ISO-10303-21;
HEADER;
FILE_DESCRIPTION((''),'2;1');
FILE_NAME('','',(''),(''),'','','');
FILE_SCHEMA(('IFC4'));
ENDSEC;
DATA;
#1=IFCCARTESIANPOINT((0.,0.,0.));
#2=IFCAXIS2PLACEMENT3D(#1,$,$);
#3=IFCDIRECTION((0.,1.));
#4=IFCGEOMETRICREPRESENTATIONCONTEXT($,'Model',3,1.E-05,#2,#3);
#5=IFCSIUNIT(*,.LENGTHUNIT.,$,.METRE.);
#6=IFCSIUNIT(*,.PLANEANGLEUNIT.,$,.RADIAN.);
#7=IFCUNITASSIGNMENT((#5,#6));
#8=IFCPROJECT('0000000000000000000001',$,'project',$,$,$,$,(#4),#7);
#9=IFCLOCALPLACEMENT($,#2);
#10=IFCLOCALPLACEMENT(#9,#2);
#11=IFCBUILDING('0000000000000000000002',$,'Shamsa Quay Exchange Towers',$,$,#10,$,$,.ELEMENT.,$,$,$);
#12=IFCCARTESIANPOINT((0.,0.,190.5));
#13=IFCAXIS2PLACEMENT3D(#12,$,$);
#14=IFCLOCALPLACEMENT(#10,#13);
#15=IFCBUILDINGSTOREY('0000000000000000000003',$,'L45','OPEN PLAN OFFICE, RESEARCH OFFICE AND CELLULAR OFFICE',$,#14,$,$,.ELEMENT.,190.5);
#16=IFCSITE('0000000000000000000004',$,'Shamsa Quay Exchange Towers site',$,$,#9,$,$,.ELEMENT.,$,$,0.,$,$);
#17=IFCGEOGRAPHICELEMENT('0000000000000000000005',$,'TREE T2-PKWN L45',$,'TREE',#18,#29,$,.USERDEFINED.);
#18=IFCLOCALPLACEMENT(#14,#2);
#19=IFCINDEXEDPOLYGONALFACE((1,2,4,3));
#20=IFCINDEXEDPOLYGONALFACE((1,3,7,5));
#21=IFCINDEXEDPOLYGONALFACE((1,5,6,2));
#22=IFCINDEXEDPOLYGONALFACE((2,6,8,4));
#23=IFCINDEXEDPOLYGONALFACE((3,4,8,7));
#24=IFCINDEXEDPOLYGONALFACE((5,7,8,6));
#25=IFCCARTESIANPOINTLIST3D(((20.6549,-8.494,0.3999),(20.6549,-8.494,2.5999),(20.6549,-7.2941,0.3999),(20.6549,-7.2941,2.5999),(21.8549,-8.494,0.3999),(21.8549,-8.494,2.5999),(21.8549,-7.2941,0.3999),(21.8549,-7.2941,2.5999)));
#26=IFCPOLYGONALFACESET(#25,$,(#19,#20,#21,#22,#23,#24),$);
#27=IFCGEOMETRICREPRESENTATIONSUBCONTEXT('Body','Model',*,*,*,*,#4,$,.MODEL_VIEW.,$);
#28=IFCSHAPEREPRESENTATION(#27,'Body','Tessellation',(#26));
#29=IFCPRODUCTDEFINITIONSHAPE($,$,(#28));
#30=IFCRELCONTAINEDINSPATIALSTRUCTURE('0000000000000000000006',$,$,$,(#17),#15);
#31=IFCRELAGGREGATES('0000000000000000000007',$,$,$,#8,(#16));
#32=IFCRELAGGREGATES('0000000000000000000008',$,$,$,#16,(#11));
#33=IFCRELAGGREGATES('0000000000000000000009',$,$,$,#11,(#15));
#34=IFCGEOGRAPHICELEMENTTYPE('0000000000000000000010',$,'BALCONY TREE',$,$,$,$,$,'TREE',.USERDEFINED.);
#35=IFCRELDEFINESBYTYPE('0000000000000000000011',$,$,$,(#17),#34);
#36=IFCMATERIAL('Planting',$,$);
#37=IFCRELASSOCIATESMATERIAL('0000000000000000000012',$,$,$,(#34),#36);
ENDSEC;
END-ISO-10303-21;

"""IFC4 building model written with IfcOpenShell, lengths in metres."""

from ifc_helpers import new_model, si_unit, direction, frame, origin, origin_2d, place, context, subcontext, project, spatial, rectangle, extrude, material, type_object, element, save


model = new_model("IFC4")

# Units and contexts
model_context = context("Model", 3, precision=1e-05, world=origin(), true_north=direction((0.0, 1.0)))
body_context = subcontext(model_context, "Body", "Model", "MODEL_VIEW")
ifc_project = project(units=[si_unit("LENGTHUNIT", "METRE"), si_unit("PLANEANGLEUNIT", "RADIAN")], contexts=[model_context])

# Site, building, storey
site_placement = place(None, origin())
site = spatial("IfcSite", under=ifc_project, at=site_placement, Name="Shamsa Quay Exchange Towers site", CompositionType="ELEMENT", RefElevation=0.0)
building_placement = place(site_placement, origin())
building = spatial("IfcBuilding", under=site, at=building_placement, Name="Shamsa Quay Exchange Towers", CompositionType="ELEMENT")
storey_placement = place(building_placement, frame((0.0, 0.0, 190.5)))
storey = spatial("IfcBuildingStorey", under=building, at=storey_placement, Name="L45", Description="OPEN PLAN OFFICE, RESEARCH OFFICE AND CELLULAR OFFICE", CompositionType="ELEMENT", Elevation=190.5)

# Geographic element
ifc_material_1 = material(Name="Planting")
geographic_element_type = type_object("IfcGeographicElementType", Name="BALCONY TREE", ElementType="TREE", PredefinedType="USERDEFINED", material=ifc_material_1)
geographic_element_placement = place(storey_placement, frame((21.2549, -7.894, 0.3999), z_axis=(0.0, 0.0, 1.0), x_axis=(0.0, -1.0, 0.0)))
element("IfcGeographicElement", 1, at=geographic_element_placement, inside=storey, type_object=geographic_element_type, Name="TREE T2-PKWN L45", ObjectType="TREE", PredefinedType="USERDEFINED", context=body_context, shape_type="SweptSolid", body=[
    extrude(rectangle(XDim=1.2, YDim=1.2, at=origin_2d()), origin(), (0.0, 0.0, 1.0), 2.2),
])

save(model, "model.ifc")
